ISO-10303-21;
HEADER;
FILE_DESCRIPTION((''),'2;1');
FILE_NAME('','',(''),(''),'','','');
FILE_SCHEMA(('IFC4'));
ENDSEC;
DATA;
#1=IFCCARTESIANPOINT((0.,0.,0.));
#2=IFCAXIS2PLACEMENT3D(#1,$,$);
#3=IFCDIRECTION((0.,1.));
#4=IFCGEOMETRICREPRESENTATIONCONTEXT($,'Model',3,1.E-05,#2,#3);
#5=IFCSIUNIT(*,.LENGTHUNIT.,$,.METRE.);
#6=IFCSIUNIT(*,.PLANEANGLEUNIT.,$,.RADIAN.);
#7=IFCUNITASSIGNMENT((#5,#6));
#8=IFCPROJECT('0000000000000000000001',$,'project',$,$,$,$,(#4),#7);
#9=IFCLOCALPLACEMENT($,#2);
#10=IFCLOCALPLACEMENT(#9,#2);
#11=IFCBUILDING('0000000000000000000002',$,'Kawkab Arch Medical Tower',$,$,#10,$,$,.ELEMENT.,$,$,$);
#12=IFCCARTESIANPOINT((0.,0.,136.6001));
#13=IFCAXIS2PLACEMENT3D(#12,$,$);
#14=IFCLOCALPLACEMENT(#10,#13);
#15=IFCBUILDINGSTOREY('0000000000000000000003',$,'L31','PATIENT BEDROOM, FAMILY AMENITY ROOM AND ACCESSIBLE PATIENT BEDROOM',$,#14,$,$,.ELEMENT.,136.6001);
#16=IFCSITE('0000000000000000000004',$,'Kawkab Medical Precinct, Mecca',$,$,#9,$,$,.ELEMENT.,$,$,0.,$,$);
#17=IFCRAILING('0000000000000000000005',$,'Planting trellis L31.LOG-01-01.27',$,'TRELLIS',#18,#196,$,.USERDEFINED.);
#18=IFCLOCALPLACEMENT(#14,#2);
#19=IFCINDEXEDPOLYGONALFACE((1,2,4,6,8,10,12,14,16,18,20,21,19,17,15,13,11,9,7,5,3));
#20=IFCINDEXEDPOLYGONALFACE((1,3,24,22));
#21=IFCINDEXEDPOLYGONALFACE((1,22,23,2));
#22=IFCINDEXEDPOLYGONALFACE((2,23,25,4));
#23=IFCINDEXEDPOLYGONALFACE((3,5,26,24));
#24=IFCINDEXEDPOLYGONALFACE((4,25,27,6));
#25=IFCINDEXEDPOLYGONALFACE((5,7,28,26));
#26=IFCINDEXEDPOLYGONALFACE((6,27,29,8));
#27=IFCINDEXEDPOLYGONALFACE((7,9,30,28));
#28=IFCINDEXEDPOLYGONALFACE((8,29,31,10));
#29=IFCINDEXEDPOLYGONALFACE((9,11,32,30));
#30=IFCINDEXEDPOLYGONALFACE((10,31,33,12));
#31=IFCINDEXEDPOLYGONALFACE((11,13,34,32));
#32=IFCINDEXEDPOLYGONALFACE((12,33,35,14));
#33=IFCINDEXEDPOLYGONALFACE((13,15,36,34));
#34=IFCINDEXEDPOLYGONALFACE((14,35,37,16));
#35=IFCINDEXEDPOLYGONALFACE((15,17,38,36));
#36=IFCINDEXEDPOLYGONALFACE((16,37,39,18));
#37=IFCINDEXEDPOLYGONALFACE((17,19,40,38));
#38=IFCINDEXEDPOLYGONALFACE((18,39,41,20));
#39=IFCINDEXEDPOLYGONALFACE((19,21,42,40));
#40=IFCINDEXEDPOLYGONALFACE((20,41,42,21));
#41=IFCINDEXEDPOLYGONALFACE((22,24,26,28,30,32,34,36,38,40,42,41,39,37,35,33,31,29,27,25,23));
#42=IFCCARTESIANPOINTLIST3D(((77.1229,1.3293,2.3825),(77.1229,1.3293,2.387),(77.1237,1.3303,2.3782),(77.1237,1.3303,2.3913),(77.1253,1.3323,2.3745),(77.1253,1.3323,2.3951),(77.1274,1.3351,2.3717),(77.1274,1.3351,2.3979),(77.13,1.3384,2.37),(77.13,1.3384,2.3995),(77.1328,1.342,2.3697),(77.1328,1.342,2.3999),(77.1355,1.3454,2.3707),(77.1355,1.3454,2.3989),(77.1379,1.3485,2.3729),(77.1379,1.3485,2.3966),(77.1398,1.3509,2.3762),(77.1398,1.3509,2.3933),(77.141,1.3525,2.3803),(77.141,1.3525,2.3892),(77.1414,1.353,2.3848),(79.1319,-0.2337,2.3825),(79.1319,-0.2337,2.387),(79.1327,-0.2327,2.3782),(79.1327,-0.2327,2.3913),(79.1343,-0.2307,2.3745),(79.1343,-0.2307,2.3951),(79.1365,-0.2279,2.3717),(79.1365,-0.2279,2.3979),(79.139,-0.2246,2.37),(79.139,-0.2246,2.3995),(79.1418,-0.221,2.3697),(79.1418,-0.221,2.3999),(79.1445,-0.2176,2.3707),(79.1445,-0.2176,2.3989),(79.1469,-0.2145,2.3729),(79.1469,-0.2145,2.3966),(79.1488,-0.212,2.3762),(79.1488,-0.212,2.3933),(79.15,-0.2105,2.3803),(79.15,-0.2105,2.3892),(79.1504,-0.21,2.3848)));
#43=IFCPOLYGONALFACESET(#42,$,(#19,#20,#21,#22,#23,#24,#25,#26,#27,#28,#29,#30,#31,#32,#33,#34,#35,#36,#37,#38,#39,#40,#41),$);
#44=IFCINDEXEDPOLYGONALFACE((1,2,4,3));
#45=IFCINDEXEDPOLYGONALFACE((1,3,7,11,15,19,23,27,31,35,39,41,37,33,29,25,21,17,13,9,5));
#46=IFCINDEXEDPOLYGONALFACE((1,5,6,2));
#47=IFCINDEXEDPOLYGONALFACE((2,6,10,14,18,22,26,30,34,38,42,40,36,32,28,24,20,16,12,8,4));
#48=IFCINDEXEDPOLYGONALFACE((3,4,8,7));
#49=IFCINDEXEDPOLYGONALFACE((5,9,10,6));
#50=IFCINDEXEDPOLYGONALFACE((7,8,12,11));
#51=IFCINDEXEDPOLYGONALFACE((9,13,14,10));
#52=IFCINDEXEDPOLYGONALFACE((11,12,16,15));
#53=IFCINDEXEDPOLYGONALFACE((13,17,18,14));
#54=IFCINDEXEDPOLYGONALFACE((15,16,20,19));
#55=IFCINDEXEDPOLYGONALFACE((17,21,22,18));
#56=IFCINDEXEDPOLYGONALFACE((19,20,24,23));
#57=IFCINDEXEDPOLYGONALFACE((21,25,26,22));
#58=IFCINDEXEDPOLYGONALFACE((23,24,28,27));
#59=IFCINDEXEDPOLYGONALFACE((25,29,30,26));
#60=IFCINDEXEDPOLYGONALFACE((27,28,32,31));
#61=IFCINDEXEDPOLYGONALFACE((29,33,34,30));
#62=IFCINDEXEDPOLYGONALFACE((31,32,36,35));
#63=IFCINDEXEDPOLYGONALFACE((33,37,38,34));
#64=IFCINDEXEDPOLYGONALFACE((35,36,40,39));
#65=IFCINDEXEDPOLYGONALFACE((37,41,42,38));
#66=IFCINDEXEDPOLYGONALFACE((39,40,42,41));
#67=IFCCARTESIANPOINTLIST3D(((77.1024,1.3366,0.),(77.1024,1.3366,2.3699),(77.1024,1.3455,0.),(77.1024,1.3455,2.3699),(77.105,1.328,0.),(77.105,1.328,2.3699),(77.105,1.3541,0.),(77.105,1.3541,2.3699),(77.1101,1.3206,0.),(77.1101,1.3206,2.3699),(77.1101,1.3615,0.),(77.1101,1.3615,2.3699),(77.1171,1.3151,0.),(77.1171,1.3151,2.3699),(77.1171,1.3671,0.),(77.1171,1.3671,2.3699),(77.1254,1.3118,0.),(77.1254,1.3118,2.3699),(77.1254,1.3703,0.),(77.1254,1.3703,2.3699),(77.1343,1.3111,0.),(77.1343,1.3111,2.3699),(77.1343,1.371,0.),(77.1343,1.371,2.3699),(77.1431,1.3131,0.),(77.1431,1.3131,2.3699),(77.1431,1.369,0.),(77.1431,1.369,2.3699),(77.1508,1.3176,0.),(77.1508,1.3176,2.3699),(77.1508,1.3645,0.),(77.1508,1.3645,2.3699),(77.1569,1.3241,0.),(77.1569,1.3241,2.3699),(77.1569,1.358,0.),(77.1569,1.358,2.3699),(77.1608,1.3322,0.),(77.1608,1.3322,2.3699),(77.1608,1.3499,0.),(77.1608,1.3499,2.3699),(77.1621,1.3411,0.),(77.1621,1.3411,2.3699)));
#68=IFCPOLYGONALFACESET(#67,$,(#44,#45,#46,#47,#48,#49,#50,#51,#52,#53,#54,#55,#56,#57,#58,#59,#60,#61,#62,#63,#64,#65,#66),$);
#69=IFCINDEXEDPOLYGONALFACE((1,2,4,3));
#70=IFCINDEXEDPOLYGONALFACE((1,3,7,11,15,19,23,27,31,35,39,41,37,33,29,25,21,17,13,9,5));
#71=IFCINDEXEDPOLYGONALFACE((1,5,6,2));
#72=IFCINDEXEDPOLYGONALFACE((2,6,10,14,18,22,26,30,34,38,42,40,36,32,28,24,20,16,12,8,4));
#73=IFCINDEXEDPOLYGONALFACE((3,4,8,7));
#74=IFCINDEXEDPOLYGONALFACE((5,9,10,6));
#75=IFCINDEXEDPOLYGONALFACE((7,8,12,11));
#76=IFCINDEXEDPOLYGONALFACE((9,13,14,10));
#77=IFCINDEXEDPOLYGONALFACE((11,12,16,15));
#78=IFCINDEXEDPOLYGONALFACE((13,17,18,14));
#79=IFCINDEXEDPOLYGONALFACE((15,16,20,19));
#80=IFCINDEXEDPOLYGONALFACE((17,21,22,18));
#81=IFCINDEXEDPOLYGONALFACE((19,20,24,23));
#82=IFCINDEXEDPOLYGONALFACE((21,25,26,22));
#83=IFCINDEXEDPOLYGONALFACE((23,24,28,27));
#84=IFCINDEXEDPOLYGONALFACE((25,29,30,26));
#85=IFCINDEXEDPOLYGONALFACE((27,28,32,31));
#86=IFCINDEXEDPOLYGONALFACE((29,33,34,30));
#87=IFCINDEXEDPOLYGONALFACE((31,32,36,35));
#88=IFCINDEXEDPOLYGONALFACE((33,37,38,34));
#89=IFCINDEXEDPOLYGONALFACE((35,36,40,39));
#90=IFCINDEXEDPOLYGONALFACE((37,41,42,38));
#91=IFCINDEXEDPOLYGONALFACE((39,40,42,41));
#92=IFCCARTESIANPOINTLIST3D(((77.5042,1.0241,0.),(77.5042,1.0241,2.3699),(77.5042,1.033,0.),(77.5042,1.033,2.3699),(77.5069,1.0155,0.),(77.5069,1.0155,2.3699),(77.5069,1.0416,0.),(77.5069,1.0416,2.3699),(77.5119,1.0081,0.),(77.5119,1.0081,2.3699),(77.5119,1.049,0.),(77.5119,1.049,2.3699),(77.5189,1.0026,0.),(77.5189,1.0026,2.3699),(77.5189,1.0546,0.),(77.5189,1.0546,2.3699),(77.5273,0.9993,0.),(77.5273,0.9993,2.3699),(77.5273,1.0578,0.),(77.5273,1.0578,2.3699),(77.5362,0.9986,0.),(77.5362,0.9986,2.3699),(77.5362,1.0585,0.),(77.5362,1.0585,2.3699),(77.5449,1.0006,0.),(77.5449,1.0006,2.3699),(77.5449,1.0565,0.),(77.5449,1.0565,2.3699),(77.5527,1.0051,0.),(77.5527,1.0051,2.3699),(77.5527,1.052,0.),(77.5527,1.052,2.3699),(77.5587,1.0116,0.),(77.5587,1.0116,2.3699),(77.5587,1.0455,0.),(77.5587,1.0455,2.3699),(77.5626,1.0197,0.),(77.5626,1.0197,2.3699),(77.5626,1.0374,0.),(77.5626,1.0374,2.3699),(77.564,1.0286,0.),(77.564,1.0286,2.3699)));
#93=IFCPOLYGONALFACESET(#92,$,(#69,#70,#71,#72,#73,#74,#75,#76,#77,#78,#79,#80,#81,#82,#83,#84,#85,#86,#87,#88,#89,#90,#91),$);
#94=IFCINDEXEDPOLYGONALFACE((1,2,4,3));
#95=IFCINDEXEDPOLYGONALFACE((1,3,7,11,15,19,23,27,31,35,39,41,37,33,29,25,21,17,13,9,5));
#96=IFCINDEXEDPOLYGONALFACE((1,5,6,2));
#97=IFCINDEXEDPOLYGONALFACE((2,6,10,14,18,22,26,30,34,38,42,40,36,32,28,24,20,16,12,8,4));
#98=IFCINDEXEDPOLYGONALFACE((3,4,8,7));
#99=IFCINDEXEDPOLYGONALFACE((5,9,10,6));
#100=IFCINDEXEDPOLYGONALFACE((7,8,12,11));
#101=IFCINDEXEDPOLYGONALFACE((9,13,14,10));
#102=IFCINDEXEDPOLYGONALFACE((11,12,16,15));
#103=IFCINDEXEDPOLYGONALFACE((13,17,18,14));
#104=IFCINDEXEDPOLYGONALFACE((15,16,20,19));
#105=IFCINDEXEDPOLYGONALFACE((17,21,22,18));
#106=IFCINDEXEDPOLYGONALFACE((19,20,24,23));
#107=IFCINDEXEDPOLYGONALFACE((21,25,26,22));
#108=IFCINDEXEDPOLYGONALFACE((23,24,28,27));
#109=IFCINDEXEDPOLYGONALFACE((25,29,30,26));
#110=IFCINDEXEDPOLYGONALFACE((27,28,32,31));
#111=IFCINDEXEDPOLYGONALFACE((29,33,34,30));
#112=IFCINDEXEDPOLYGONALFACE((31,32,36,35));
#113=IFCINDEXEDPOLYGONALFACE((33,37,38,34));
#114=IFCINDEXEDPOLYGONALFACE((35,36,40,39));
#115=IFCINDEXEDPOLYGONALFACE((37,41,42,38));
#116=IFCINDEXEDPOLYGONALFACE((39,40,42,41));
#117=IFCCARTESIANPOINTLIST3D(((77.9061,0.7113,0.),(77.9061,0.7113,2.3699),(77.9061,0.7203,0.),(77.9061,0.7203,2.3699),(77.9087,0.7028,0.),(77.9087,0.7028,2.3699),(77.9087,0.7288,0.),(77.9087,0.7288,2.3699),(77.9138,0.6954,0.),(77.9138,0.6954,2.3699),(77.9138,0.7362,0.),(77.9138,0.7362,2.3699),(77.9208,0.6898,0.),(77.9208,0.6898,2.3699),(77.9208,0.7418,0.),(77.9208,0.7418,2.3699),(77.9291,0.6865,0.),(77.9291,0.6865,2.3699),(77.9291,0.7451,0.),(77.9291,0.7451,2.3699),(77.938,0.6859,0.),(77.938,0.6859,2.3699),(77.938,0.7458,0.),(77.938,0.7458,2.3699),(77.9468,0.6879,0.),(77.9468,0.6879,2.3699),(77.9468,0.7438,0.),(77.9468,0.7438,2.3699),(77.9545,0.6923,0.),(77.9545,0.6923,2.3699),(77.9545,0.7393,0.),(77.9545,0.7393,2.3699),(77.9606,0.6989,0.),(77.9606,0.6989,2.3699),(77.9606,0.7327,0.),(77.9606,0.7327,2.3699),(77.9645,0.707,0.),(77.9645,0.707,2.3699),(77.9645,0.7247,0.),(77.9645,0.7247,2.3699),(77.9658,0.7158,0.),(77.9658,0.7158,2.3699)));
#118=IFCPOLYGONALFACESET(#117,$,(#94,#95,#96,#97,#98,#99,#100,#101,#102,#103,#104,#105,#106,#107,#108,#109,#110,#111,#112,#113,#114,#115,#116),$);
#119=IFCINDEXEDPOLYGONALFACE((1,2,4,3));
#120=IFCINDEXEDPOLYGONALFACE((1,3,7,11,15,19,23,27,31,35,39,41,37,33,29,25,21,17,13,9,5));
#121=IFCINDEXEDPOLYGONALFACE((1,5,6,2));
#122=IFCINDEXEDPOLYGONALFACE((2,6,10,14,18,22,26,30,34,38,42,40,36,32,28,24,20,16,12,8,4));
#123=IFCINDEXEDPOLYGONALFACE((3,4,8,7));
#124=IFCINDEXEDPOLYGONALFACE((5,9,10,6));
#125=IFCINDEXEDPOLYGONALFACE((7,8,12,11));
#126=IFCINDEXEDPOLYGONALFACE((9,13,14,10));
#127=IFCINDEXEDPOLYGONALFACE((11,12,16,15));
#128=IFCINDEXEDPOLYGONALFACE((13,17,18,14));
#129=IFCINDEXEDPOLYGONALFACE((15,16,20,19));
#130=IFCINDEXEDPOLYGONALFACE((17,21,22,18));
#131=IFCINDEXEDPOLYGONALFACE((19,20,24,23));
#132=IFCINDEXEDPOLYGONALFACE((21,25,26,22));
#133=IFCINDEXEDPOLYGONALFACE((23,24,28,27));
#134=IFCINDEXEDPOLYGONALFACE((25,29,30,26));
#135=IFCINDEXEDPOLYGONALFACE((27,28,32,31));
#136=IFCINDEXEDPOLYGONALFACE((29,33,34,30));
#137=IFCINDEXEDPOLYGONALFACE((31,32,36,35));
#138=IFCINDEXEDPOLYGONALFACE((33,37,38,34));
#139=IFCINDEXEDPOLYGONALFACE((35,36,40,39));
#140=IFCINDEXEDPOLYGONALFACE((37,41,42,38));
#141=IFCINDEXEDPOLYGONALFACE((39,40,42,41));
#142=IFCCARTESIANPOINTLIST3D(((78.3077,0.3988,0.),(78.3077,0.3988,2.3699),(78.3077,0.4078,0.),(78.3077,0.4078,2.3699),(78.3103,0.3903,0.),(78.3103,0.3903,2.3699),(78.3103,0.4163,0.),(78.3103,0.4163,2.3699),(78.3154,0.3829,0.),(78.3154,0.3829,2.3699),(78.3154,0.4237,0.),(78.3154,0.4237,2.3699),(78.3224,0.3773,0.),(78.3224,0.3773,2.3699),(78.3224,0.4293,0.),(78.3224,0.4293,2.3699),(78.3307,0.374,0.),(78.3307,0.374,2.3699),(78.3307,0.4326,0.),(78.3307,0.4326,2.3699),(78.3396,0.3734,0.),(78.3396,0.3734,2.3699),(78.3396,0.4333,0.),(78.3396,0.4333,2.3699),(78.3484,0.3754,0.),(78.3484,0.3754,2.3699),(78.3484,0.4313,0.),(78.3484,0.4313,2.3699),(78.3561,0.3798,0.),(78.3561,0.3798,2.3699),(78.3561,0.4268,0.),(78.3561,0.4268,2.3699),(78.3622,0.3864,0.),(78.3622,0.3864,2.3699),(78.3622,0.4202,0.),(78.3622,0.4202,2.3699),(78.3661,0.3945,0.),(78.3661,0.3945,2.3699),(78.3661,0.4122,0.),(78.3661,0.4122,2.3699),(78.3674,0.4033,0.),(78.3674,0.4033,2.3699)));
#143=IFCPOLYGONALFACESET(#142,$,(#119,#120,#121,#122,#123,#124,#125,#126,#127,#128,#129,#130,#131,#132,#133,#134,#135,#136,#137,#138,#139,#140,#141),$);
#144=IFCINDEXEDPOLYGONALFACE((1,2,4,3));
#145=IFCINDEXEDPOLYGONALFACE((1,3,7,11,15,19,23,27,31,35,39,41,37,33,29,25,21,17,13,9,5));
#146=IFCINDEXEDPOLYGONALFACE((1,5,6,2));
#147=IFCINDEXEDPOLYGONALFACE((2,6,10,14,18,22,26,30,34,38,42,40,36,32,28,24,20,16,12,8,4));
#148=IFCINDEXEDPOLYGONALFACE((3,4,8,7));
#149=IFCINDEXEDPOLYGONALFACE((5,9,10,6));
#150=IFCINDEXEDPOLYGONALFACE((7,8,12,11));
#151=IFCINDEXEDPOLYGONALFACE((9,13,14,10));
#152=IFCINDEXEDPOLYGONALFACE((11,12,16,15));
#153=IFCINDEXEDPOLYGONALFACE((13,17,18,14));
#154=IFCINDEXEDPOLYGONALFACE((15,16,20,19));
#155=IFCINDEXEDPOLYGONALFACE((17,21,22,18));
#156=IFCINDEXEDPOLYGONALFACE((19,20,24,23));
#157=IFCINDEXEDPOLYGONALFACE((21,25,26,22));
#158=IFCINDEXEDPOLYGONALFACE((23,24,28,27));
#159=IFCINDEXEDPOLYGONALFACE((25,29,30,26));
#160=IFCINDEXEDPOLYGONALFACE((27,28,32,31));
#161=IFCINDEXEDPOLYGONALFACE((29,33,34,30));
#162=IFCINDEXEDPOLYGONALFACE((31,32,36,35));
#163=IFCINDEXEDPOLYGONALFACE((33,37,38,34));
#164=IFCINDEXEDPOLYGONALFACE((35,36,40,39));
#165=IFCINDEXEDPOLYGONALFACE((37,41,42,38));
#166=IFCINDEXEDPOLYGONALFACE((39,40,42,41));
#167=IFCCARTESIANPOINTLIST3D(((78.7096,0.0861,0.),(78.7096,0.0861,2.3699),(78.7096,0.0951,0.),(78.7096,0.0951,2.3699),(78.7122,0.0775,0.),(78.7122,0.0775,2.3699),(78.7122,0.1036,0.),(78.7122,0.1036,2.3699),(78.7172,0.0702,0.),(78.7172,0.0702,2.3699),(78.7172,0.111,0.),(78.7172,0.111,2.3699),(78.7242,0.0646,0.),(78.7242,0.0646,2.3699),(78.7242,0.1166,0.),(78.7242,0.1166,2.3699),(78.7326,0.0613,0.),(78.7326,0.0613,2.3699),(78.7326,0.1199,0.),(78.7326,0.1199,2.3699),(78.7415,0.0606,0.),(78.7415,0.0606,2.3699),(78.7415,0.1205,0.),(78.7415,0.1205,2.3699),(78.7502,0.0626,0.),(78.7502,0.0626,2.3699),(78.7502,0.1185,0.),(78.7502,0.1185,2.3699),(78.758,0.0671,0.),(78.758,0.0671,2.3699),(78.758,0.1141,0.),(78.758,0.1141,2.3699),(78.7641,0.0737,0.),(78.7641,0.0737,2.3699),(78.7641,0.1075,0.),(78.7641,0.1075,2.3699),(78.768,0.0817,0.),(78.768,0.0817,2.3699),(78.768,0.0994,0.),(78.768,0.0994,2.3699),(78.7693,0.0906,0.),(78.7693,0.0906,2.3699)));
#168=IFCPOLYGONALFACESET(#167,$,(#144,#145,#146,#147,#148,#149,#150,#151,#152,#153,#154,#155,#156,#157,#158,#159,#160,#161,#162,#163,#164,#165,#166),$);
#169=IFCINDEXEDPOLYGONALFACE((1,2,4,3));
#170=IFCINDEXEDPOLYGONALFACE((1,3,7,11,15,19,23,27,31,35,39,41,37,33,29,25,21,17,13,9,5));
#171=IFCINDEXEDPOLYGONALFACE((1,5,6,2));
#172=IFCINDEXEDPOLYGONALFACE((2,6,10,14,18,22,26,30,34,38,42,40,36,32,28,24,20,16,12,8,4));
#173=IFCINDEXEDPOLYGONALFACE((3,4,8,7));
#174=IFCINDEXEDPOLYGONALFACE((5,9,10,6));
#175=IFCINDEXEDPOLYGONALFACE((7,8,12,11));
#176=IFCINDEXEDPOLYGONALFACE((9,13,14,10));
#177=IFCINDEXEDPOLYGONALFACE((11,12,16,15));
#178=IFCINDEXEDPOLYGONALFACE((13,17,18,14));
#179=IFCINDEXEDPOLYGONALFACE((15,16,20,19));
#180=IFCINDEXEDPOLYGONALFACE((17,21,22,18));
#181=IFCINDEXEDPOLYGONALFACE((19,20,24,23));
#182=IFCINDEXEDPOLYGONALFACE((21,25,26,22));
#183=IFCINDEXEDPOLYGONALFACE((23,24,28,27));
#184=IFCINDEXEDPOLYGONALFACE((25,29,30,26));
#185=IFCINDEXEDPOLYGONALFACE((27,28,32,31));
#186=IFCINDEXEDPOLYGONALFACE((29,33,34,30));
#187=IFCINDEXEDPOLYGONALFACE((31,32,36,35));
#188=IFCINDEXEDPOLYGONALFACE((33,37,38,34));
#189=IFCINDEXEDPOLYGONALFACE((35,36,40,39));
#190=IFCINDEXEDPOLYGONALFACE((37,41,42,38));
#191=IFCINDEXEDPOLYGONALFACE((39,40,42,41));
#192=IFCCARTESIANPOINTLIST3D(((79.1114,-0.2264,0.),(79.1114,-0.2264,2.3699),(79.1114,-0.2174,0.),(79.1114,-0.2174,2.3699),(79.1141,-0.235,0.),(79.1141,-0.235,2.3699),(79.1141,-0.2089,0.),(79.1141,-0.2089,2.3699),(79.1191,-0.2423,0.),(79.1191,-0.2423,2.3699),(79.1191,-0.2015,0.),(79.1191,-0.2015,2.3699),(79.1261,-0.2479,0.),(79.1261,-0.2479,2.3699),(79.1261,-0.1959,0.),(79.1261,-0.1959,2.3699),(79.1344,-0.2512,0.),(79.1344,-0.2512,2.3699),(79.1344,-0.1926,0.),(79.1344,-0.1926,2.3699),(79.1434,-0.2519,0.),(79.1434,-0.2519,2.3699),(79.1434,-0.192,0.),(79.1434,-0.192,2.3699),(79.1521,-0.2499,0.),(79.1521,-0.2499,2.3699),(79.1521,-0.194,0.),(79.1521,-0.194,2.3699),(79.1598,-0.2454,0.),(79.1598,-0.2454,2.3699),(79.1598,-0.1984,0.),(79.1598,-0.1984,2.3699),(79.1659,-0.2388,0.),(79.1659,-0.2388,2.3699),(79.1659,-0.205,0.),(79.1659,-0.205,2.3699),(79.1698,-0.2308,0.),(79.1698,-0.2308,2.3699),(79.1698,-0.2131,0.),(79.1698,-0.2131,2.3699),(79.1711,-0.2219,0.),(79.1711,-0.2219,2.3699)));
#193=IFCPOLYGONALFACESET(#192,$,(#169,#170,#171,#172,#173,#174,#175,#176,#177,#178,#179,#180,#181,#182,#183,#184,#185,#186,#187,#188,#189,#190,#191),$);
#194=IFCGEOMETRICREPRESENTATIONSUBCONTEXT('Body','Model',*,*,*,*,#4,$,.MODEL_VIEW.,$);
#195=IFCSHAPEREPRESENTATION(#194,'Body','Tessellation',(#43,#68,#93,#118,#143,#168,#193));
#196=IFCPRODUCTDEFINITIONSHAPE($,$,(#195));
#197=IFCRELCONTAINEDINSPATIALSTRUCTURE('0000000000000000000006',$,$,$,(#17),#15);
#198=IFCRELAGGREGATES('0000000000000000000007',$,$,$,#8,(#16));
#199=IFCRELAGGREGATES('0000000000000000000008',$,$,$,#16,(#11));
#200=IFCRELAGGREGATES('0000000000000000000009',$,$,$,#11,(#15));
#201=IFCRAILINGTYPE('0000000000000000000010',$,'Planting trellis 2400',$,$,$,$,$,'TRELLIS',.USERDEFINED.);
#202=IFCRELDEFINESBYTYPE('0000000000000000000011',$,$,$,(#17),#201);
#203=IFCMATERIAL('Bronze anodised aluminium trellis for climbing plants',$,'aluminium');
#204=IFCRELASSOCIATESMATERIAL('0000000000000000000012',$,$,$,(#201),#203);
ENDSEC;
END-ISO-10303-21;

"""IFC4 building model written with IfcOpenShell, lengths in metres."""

from ifc_helpers import new_model, si_unit, direction, frame, origin, origin_2d, place, context, subcontext, project, spatial, circle, extrude, material, type_object, element, save


model = new_model("IFC4")

# Units and contexts
model_context = context("Model", 3, precision=1e-05, world=origin(), true_north=direction((0.0, 1.0)))
body_context = subcontext(model_context, "Body", "Model", "MODEL_VIEW")
ifc_project = project(units=[si_unit("LENGTHUNIT", "METRE"), si_unit("PLANEANGLEUNIT", "RADIAN")], contexts=[model_context])

# Site, building, storey
site_placement = place(None, origin())
site = spatial("IfcSite", under=ifc_project, at=site_placement, Name="Kawkab Medical Precinct, Mecca", CompositionType="ELEMENT", RefElevation=0.0)
building_placement = place(site_placement, origin())
building = spatial("IfcBuilding", under=site, at=building_placement, Name="Kawkab Arch Medical Tower", CompositionType="ELEMENT")
storey_placement = place(building_placement, frame((0.0, 0.0, 136.6001)))
storey = spatial("IfcBuildingStorey", under=building, at=storey_placement, Name="L31", Description="PATIENT BEDROOM, FAMILY AMENITY ROOM AND ACCESSIBLE PATIENT BEDROOM", CompositionType="ELEMENT", Elevation=136.6001)

# Railing
ifc_material_1 = material(Name="Bronze anodised aluminium trellis for climbing plants", Category="aluminium")
railing_type = type_object("IfcRailingType", Name="Planting trellis 2400", ElementType="TRELLIS", PredefinedType="USERDEFINED", material=ifc_material_1)
railing_1_placement = place(storey_placement, frame((77.1321, 1.3411, 0.0)))
element("IfcRailing", 1, at=railing_1_placement, inside=storey, type_object=railing_type, Name="Planting trellis L31.LOG-01-01.27", ObjectType="TRELLIS", PredefinedType="USERDEFINED", context=body_context, shape_type="SweptSolid", body=[
    extrude(circle(Radius=0.0151, at=origin_2d()), frame((0.0, 0.0, 2.3848), z_axis=(0.789275, -0.61404, 0.0), x_axis=(0.61404, 0.789275, 0.0)), (0.0, 0.0, 1.0), 2.5454),
    extrude(circle(Radius=0.03, at=origin_2d()), origin(), (0.0, 0.0, 1.0), 2.3699),
    extrude(circle(Radius=0.03, at=origin_2d()), frame((0.4019, -0.3125, 0.0)), (0.0, 0.0, 1.0), 2.3699),
    extrude(circle(Radius=0.03, at=origin_2d()), frame((0.8037, -0.6252, 0.0)), (0.0, 0.0, 1.0), 2.3699),
    extrude(circle(Radius=0.03, at=origin_2d()), frame((1.2053, -0.9377, 0.0)), (0.0, 0.0, 1.0), 2.3699),
    extrude(circle(Radius=0.03, at=origin_2d()), frame((1.6072, -1.2505, 0.0)), (0.0, 0.0, 1.0), 2.3699),
    extrude(circle(Radius=0.03, at=origin_2d()), frame((2.009, -1.563, 0.0)), (0.0, 0.0, 1.0), 2.3699),
])

save(model, "model.ifc")
